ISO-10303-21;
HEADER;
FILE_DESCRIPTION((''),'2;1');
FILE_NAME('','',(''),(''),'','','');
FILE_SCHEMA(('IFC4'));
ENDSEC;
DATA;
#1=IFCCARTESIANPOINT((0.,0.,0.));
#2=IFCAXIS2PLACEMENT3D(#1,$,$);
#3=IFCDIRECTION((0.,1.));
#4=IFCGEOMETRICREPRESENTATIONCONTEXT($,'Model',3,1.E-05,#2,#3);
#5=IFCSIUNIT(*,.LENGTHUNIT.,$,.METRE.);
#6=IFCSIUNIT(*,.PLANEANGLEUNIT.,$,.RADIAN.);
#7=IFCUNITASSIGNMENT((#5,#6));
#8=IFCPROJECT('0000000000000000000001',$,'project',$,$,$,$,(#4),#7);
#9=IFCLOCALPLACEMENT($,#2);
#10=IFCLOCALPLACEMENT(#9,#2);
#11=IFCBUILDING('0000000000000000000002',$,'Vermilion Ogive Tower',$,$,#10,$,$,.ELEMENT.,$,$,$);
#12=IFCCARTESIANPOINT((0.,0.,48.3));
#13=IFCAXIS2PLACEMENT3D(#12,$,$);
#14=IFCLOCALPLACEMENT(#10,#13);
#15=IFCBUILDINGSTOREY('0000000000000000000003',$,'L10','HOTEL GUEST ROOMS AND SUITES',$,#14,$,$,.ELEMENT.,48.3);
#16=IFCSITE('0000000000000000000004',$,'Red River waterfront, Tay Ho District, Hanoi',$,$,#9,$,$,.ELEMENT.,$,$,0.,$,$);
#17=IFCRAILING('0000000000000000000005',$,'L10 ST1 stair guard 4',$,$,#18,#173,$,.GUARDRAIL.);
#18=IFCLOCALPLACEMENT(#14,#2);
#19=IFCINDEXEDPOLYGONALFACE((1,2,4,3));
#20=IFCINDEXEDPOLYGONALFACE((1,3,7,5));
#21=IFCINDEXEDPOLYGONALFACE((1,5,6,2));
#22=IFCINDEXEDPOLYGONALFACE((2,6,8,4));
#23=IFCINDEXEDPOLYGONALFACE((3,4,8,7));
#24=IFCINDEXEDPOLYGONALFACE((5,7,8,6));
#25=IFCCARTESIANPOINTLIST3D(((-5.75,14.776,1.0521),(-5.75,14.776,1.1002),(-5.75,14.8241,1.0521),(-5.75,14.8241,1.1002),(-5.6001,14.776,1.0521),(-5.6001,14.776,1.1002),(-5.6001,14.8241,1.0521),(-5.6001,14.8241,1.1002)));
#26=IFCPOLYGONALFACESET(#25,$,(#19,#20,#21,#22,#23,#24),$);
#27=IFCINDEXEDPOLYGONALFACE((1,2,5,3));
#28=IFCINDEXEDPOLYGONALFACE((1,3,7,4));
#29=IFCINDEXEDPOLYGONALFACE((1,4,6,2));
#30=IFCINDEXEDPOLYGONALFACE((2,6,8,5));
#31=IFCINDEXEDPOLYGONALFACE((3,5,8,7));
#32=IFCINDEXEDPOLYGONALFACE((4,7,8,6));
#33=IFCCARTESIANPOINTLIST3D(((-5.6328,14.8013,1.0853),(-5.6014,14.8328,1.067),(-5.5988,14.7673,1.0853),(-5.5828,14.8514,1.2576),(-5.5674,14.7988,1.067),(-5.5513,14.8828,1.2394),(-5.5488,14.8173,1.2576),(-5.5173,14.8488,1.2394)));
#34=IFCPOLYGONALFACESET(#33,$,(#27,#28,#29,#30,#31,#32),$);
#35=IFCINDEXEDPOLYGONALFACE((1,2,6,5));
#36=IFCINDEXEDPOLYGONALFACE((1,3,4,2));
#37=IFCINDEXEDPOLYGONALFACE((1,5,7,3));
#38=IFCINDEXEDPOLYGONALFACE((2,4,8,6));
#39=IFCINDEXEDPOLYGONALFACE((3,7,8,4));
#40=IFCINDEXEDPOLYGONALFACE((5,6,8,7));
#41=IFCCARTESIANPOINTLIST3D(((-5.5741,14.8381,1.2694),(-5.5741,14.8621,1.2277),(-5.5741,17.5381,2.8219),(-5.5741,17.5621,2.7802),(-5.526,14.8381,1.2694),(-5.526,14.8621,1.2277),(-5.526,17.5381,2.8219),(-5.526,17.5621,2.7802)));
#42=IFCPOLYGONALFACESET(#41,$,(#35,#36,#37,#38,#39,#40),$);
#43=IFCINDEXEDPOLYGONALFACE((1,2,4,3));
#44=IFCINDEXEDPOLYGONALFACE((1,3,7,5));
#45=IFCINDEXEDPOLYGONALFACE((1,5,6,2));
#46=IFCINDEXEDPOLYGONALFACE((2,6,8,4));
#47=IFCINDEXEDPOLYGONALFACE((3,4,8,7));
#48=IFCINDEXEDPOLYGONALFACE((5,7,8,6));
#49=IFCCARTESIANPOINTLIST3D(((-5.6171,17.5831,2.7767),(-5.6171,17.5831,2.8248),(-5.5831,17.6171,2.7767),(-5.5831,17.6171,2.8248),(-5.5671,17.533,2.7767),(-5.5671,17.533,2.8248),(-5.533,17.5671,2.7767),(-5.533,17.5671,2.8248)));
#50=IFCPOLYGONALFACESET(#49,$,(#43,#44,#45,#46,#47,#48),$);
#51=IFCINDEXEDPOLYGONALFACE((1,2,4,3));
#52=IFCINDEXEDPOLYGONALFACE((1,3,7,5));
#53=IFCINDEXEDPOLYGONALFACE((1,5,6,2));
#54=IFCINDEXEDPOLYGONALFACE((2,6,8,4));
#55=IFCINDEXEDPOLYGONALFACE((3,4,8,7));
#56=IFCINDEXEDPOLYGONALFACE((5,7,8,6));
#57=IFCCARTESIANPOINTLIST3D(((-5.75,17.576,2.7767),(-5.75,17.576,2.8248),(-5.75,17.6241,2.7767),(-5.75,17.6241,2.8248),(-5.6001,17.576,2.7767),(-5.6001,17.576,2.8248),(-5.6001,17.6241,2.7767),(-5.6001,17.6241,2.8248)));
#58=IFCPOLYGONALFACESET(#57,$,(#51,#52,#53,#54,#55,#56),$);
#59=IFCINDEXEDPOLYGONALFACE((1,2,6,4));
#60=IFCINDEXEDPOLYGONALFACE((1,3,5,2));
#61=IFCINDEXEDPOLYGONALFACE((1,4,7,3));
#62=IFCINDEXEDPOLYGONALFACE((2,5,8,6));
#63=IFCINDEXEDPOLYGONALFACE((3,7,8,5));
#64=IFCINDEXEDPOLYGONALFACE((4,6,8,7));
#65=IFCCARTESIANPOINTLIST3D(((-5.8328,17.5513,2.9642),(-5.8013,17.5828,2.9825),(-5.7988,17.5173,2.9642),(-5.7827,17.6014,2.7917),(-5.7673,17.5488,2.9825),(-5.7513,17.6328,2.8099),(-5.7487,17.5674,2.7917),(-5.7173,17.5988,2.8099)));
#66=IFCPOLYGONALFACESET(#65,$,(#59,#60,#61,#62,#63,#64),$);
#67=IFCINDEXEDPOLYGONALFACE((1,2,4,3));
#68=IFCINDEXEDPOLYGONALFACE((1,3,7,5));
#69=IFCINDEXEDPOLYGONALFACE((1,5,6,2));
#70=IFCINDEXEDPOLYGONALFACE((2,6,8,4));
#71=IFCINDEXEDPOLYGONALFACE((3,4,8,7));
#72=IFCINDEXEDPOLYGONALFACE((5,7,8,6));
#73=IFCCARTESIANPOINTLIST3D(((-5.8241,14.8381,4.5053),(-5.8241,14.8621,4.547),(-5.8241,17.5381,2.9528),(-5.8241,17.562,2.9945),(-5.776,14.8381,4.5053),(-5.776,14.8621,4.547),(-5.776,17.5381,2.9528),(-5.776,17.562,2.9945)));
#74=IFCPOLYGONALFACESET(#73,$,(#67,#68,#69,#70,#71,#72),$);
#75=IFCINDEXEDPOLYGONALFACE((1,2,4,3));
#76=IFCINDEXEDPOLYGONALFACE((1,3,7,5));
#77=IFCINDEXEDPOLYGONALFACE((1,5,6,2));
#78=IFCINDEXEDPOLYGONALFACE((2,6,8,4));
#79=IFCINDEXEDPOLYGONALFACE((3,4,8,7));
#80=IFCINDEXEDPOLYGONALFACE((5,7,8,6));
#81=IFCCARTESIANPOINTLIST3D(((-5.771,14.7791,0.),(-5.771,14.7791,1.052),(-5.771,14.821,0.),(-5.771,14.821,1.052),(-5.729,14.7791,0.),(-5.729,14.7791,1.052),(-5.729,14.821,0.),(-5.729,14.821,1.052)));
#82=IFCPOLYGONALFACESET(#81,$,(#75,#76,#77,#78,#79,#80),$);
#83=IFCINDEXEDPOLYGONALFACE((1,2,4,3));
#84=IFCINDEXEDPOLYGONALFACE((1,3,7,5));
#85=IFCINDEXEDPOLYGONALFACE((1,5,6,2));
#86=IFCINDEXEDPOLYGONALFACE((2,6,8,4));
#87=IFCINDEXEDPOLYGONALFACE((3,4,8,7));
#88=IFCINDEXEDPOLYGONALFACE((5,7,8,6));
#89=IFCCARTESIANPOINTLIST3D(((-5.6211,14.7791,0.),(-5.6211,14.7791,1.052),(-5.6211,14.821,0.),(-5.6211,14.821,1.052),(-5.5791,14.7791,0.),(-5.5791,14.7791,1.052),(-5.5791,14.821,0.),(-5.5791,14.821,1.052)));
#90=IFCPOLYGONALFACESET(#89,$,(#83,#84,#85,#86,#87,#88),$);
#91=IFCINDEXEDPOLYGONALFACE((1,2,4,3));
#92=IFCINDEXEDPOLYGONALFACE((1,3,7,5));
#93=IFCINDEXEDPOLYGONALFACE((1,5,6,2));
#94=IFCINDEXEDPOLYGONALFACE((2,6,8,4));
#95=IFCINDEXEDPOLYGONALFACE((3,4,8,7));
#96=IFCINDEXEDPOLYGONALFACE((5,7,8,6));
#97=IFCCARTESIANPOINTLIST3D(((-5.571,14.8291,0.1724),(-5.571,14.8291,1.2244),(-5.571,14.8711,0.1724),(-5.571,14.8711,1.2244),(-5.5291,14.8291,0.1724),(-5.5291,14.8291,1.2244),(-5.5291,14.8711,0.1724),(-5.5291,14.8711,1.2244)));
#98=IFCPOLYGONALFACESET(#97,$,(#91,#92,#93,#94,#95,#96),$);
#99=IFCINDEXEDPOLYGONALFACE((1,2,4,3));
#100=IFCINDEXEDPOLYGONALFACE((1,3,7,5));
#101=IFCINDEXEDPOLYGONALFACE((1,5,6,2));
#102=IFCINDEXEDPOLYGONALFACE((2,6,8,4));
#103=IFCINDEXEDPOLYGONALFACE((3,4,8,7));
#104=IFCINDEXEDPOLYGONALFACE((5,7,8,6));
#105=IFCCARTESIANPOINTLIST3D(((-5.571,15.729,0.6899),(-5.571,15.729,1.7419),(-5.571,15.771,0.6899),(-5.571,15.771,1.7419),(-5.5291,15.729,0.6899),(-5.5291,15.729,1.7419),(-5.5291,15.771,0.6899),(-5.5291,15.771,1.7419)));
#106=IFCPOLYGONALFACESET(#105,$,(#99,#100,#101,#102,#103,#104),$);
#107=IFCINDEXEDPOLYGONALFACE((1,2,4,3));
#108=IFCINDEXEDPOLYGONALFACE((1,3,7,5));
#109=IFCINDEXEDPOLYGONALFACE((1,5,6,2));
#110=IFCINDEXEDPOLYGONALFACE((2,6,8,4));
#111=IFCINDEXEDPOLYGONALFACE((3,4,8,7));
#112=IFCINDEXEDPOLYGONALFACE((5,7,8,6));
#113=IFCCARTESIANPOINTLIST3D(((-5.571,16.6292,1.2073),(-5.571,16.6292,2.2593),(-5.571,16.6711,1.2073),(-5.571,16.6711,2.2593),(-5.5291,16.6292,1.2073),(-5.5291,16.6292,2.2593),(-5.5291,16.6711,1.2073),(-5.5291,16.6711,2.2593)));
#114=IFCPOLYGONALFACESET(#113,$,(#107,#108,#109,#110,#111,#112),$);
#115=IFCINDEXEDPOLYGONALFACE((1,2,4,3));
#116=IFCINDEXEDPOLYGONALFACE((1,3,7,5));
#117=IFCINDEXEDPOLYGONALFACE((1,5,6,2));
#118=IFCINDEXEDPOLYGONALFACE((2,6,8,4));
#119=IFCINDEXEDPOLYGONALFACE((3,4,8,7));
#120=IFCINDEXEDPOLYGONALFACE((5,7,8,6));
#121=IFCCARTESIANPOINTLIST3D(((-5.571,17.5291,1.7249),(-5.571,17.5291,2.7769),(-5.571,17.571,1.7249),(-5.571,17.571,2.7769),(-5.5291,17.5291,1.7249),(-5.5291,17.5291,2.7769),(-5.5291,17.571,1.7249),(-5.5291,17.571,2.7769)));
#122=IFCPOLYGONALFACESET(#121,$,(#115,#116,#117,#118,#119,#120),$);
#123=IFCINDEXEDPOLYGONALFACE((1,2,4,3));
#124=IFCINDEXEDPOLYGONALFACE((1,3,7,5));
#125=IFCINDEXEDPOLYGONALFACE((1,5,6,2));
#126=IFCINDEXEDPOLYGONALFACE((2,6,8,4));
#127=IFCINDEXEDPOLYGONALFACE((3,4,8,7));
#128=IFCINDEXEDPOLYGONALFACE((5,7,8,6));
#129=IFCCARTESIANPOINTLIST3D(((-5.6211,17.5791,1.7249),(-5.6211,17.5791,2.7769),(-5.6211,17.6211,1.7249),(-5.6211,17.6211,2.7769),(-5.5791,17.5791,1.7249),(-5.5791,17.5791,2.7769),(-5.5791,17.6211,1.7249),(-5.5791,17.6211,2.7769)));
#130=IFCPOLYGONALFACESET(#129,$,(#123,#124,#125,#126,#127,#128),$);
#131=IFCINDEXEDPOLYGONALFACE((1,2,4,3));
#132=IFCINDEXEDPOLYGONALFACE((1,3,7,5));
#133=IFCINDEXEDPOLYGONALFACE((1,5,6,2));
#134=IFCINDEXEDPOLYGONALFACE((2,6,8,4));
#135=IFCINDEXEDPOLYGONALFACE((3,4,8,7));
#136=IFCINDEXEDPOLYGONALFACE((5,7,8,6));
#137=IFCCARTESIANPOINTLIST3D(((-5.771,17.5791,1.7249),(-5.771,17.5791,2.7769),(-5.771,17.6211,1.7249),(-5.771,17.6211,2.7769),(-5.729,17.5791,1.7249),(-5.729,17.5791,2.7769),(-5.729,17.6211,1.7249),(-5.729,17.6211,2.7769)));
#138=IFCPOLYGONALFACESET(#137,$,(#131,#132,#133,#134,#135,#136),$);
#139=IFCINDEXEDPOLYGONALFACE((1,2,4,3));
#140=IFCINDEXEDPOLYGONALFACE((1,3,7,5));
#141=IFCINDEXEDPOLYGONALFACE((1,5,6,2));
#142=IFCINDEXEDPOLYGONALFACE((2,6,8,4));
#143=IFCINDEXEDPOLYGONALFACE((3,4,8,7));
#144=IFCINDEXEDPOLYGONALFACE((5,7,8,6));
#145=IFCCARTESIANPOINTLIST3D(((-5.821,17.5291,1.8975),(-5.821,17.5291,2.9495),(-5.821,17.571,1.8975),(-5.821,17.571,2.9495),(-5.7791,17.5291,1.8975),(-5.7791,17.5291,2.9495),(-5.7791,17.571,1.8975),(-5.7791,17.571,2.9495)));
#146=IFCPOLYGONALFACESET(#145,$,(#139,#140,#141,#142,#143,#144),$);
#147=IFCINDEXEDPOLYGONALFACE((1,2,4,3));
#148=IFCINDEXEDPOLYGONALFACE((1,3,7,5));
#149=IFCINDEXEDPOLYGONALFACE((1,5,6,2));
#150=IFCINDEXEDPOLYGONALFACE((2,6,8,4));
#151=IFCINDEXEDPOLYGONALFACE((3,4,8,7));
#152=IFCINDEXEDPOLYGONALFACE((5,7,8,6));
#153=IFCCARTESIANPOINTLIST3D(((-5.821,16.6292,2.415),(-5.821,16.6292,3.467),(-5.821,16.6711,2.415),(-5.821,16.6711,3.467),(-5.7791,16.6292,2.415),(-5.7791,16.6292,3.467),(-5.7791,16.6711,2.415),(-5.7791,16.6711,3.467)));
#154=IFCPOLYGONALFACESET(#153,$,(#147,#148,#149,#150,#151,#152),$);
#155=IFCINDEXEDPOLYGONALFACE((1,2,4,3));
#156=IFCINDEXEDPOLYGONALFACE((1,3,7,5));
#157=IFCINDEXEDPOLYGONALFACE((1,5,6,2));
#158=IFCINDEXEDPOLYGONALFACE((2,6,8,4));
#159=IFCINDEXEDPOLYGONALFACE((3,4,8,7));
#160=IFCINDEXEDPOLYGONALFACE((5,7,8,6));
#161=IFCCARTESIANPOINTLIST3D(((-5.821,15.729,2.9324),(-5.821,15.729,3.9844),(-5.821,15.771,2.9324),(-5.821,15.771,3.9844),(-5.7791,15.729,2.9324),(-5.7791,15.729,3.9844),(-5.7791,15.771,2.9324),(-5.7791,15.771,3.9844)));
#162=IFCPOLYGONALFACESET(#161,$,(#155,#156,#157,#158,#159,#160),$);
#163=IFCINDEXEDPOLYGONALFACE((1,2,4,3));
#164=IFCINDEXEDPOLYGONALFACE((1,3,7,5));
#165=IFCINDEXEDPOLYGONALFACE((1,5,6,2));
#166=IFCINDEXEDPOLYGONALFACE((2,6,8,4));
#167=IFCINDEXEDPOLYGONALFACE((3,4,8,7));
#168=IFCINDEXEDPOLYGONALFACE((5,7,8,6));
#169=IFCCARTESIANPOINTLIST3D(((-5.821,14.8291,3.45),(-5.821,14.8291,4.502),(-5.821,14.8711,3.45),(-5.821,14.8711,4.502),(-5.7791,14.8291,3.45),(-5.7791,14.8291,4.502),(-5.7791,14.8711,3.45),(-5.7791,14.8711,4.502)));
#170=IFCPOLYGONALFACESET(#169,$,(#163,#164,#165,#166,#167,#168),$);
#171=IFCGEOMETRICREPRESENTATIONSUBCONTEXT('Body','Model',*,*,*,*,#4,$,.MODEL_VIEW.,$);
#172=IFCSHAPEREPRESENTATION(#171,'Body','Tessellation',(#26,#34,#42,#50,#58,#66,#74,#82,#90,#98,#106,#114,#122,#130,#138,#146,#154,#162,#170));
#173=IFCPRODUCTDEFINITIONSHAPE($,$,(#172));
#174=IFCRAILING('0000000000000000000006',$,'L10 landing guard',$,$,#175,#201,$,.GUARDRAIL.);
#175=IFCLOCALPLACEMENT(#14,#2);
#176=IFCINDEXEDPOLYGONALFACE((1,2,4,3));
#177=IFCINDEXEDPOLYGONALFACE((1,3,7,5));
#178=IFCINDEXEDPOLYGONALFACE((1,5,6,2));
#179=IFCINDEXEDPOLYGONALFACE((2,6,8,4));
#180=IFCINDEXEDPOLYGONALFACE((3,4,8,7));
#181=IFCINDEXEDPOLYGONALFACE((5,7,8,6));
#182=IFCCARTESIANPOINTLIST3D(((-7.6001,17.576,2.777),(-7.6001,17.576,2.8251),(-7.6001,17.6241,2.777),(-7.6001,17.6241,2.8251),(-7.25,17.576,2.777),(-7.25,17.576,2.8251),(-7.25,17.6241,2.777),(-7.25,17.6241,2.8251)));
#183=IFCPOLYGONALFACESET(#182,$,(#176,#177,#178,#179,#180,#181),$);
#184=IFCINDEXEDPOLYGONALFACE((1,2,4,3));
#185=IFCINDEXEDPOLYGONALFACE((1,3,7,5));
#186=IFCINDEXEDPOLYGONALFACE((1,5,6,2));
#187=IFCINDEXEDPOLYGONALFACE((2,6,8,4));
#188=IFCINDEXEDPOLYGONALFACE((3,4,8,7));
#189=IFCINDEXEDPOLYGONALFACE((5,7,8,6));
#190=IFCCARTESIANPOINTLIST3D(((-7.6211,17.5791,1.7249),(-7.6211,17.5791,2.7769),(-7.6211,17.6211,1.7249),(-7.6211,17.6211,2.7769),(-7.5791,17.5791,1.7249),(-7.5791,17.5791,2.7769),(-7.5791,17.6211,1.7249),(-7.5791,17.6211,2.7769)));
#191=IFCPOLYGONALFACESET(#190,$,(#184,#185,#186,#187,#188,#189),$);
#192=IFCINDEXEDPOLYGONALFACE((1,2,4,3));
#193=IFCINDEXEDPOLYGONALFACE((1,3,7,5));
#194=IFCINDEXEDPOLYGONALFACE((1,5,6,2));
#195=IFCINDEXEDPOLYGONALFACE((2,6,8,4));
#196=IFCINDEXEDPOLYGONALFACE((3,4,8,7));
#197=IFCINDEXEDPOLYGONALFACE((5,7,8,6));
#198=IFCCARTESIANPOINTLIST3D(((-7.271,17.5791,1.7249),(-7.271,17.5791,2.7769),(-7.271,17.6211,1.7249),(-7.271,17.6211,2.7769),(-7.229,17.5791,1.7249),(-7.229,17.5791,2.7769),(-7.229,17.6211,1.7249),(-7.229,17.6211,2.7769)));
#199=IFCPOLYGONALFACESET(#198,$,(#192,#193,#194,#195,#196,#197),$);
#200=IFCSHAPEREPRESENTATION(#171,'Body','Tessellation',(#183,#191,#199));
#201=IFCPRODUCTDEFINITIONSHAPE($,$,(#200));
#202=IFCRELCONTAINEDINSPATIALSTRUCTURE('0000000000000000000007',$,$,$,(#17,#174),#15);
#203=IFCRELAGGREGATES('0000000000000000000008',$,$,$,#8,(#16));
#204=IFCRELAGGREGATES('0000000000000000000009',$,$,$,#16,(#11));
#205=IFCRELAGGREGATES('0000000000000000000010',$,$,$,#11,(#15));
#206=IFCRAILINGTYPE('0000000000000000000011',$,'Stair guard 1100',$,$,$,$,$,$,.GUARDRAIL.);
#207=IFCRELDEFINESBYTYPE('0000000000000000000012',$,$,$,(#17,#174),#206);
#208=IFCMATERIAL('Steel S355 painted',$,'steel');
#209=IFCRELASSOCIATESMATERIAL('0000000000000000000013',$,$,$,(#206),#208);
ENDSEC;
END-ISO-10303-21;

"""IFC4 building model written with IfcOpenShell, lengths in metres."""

from ifc_helpers import new_model, si_unit, direction, frame, origin, origin_2d, place, context, subcontext, project, spatial, rectangle, extrude, material, type_object, element, save


model = new_model("IFC4")

# Units and contexts
model_context = context("Model", 3, precision=1e-05, world=origin(), true_north=direction((0.0, 1.0)))
body_context = subcontext(model_context, "Body", "Model", "MODEL_VIEW")
ifc_project = project(units=[si_unit("LENGTHUNIT", "METRE"), si_unit("PLANEANGLEUNIT", "RADIAN")], contexts=[model_context])

# Site, building, storey
site_placement = place(None, origin())
site = spatial("IfcSite", under=ifc_project, at=site_placement, Name="Red River waterfront, Tay Ho District, Hanoi", CompositionType="ELEMENT", RefElevation=0.0)
building_placement = place(site_placement, origin())
building = spatial("IfcBuilding", under=site, at=building_placement, Name="Vermilion Ogive Tower", CompositionType="ELEMENT")
storey_placement = place(building_placement, frame((0.0, 0.0, 48.3)))
storey = spatial("IfcBuildingStorey", under=building, at=storey_placement, Name="L10", Description="HOTEL GUEST ROOMS AND SUITES", CompositionType="ELEMENT", Elevation=48.3)

# Railings
ifc_material_1 = material(Name="Steel S355 painted", Category="steel")
railing_type_1 = type_object("IfcRailingType", Name="Stair guard 1100", PredefinedType="GUARDRAIL", material=ifc_material_1)
railing_1_placement = place(storey_placement, frame((-5.75, 14.8, 0.0)))
element("IfcRailing", 1, at=railing_1_placement, inside=storey, type_object=railing_type_1, Name="L10 ST1 stair guard 4", PredefinedType="GUARDRAIL", context=body_context, shape_type="SweptSolid", body=[
    extrude(rectangle(XDim=0.0481, YDim=0.0481, at=origin_2d()), frame((0.0, 0.0, 1.0762), z_axis=(1.0, 0.0, 0.0), x_axis=(0.0, 1.0, 0.0)), (0.0, 0.0, 1.0), 0.1499),
    extrude(rectangle(XDim=0.0481, YDim=0.0481, at=origin_2d()), frame((0.1499, 0.0, 1.0762), z_axis=(0.268603, 0.268603, 0.925043), x_axis=(-0.707107, 0.707107, 0.0)), (0.0, 0.0, 1.0), 0.1863),
    extrude(rectangle(XDim=0.0481, YDim=0.0481, at=origin_2d()), frame((0.2, 0.05, 1.2485), z_axis=(0.0, 0.866904, 0.498476), x_axis=(-1.0, 0.0, 0.0)), (0.0, 0.0, 1.0), 3.1145),
    extrude(rectangle(XDim=0.0481, YDim=0.0481, at=origin_2d()), frame((0.2, 2.75, 2.8008), z_axis=(-0.707107, 0.707107, 0.0), x_axis=(-0.707107, -0.707107, 0.0)), (0.0, 0.0, 1.0), 0.0708),
    extrude(rectangle(XDim=0.0481, YDim=0.0481, at=origin_2d()), frame((0.1499, 2.8, 2.8008), z_axis=(-1.0, 0.0, 0.0), x_axis=(0.0, -1.0, 0.0)), (0.0, 0.0, 1.0), 0.1499),
    extrude(rectangle(XDim=0.0481, YDim=0.0481, at=origin_2d()), frame((0.0, 2.8, 2.8008), z_axis=(-0.268278, -0.268278, 0.925232), x_axis=(0.707107, -0.707107, 0.0)), (0.0, 0.0, 1.0), 0.1865),
    extrude(rectangle(XDim=0.0481, YDim=0.0481, at=origin_2d()), frame((-0.05, 2.75, 2.9736), z_axis=(0.0, -0.866904, 0.498476), x_axis=(1.0, 0.0, 0.0)), (0.0, 0.0, 1.0), 3.1145),
    extrude(rectangle(XDim=0.042, YDim=0.042, at=origin_2d()), origin(), (0.0, 0.0, 1.0), 1.052),
    extrude(rectangle(XDim=0.042, YDim=0.042, at=origin_2d()), frame((0.1499, 0.0, 0.0)), (0.0, 0.0, 1.0), 1.052),
    extrude(rectangle(XDim=0.042, YDim=0.042, at=origin_2d()), frame((0.2, 0.05, 0.1724)), (0.0, 0.0, 1.0), 1.052),
    extrude(rectangle(XDim=0.042, YDim=0.042, at=origin_2d()), frame((0.2, 0.95, 0.6899)), (0.0, 0.0, 1.0), 1.052),
    extrude(rectangle(XDim=0.042, YDim=0.042, at=origin_2d()), frame((0.2, 1.8501, 1.2073)), (0.0, 0.0, 1.0), 1.052),
    extrude(rectangle(XDim=0.042, YDim=0.042, at=origin_2d()), frame((0.2, 2.75, 1.7249)), (0.0, 0.0, 1.0), 1.052),
    extrude(rectangle(XDim=0.042, YDim=0.042, at=origin_2d()), frame((0.1499, 2.8, 1.7249)), (0.0, 0.0, 1.0), 1.052),
    extrude(rectangle(XDim=0.042, YDim=0.042, at=origin_2d()), frame((0.0, 2.8, 1.7249)), (0.0, 0.0, 1.0), 1.052),
    extrude(rectangle(XDim=0.042, YDim=0.042, at=origin_2d()), frame((-0.05, 2.75, 1.8975)), (0.0, 0.0, 1.0), 1.052),
    extrude(rectangle(XDim=0.042, YDim=0.042, at=origin_2d()), frame((-0.05, 1.8501, 2.415)), (0.0, 0.0, 1.0), 1.052),
    extrude(rectangle(XDim=0.042, YDim=0.042, at=origin_2d()), frame((-0.05, 0.95, 2.9324)), (0.0, 0.0, 1.0), 1.052),
    extrude(rectangle(XDim=0.042, YDim=0.042, at=origin_2d()), frame((-0.05, 0.05, 3.45)), (0.0, 0.0, 1.0), 1.052),
])
railing_2_placement = place(storey_placement, frame((-7.6001, 17.6001, 1.7249)))
element("IfcRailing", 2, at=railing_2_placement, inside=storey, type_object=railing_type_1, Name="L10 landing guard", PredefinedType="GUARDRAIL", context=body_context, shape_type="SweptSolid", body=[
    extrude(rectangle(XDim=0.0481, YDim=0.0481, at=origin_2d()), frame((0.0, 0.0, 1.0762), z_axis=(1.0, 0.0, 0.0), x_axis=(0.0, 1.0, 0.0)), (0.0, 0.0, 1.0), 0.3501),
    extrude(rectangle(XDim=0.042, YDim=0.042, at=origin_2d()), origin(), (0.0, 0.0, 1.0), 1.052),
    extrude(rectangle(XDim=0.042, YDim=0.042, at=origin_2d()), frame((0.3501, 0.0, 0.0)), (0.0, 0.0, 1.0), 1.052),
])

save(model, "model.ifc")
